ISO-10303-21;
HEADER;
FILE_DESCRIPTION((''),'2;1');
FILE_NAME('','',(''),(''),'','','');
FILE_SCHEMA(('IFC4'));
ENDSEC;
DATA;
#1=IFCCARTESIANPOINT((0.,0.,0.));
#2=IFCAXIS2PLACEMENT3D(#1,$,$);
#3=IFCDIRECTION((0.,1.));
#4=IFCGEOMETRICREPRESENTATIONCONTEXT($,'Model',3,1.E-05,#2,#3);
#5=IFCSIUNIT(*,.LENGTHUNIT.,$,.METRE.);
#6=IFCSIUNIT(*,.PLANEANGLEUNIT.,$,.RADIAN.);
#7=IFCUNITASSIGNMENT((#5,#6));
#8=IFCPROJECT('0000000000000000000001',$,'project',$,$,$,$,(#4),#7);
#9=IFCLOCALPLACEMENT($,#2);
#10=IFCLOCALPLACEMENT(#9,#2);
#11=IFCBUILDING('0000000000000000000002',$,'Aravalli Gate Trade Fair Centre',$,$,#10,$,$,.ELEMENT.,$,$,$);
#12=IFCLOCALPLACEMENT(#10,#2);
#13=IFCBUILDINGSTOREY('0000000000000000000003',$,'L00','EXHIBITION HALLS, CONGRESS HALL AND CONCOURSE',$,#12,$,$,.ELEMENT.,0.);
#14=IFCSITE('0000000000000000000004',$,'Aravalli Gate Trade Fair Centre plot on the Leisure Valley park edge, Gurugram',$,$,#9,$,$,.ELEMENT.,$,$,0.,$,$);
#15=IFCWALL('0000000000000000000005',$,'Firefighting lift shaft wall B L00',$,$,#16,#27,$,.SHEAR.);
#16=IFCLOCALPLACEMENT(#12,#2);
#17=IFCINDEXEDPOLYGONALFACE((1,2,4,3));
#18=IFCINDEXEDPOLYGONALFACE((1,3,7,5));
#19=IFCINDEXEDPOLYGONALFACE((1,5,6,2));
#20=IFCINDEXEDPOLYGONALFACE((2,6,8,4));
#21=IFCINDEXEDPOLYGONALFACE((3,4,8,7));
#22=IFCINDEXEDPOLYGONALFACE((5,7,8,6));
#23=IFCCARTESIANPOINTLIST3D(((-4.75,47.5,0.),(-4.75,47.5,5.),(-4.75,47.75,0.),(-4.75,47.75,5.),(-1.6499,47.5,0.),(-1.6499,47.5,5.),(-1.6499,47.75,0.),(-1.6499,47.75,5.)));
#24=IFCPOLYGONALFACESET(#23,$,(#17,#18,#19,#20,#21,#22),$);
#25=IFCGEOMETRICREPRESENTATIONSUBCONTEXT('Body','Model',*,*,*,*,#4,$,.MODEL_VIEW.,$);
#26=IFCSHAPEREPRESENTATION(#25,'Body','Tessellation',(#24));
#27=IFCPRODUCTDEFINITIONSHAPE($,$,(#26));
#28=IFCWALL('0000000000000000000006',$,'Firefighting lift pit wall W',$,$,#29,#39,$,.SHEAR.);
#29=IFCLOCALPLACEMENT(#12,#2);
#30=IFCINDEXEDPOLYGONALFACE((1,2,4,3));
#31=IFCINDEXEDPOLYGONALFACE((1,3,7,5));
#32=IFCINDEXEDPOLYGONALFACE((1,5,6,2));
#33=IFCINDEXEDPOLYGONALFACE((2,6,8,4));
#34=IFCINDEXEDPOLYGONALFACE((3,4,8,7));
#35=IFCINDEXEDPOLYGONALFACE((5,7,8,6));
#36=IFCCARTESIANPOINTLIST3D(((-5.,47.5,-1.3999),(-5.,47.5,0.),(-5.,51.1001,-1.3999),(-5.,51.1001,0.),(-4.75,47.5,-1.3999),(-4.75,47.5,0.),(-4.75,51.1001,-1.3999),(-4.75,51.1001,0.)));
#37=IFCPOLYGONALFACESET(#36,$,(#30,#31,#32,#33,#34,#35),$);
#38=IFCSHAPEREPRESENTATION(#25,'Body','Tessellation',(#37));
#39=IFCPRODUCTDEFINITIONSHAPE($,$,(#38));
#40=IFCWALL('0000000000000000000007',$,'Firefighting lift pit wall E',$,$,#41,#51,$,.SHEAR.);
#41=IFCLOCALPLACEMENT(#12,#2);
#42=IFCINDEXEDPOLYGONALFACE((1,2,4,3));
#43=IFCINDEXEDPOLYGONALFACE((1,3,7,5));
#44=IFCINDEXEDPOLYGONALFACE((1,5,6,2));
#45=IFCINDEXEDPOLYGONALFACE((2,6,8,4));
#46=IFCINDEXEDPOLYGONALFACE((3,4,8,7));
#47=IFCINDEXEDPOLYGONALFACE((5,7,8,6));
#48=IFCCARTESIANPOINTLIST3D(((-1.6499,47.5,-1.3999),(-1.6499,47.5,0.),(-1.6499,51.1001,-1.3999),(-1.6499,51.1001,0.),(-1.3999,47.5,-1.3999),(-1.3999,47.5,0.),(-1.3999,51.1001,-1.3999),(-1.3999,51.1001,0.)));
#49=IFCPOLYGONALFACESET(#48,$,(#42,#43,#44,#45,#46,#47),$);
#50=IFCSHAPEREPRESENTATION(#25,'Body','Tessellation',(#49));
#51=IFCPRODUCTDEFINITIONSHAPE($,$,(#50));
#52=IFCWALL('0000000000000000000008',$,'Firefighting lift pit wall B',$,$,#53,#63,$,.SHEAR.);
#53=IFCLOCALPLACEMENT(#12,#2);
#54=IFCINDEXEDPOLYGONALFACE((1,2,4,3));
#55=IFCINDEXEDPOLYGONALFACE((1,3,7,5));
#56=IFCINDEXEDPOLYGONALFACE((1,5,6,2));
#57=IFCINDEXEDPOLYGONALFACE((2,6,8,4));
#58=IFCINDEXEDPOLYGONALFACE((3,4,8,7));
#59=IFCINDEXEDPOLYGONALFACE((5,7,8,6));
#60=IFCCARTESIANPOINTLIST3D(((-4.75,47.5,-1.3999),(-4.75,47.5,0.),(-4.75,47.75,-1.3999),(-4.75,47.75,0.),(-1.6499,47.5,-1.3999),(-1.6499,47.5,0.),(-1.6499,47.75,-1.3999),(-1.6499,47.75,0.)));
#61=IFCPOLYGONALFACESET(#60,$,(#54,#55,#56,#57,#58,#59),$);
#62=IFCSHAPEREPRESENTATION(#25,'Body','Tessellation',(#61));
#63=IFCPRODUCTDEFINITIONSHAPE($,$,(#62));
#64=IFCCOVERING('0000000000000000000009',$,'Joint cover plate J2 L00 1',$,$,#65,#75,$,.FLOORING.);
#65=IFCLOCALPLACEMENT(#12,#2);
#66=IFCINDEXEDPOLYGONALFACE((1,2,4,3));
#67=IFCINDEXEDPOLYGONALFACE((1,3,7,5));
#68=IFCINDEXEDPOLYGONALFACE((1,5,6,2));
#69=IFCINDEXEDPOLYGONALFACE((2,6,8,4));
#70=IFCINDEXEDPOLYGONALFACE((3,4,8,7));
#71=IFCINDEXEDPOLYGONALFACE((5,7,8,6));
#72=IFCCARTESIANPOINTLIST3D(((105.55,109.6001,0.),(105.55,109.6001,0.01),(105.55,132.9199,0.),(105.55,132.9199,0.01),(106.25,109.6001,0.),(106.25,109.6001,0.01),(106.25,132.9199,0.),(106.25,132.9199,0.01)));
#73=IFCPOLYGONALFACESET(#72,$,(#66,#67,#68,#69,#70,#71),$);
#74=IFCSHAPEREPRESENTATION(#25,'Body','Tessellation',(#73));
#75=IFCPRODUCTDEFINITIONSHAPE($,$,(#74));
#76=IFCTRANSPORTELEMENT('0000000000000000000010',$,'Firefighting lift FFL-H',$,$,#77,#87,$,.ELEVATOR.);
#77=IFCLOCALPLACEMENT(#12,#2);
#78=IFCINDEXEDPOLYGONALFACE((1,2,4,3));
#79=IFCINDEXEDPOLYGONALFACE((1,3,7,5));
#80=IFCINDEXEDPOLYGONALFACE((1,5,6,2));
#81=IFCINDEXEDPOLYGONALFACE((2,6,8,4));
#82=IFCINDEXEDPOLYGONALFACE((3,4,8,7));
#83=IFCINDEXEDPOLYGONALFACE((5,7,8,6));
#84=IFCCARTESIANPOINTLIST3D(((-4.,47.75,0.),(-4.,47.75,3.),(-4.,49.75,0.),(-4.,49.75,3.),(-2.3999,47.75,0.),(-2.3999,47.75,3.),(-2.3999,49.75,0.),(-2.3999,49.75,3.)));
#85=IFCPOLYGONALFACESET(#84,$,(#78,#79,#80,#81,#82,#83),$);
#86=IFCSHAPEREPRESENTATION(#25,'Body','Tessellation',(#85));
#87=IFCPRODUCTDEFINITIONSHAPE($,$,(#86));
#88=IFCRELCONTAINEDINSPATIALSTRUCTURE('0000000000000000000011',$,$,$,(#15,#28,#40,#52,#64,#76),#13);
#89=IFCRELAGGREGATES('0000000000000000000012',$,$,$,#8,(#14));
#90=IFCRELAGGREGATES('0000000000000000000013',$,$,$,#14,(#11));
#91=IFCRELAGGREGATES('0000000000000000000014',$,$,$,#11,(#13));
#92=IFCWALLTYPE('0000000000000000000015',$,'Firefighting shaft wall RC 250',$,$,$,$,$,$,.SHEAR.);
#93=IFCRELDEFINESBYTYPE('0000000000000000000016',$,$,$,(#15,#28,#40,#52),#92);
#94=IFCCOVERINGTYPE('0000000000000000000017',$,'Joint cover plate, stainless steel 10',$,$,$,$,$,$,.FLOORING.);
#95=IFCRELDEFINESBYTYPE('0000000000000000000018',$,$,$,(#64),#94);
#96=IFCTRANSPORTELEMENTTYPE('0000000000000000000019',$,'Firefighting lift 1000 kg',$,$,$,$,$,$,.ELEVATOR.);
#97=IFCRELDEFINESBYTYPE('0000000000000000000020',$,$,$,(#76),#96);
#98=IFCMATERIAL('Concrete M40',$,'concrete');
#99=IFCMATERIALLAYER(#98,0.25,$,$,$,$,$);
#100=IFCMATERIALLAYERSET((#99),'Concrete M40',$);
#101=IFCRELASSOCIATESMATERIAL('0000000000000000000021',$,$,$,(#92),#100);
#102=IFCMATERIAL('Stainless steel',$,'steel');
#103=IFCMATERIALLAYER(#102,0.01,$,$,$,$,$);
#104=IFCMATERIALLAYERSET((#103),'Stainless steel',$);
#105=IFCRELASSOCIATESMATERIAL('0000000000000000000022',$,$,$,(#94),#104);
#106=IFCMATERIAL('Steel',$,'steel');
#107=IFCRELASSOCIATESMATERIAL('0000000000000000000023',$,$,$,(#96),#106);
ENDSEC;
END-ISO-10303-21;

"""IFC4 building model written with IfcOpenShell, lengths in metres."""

from ifc_helpers import new_model, si_unit, direction, frame, frame_2d, origin, origin_2d, place, context, subcontext, project, spatial, polyline, rectangle, outline, extrude, material, layer, layer_set, type_object, element, save


model = new_model("IFC4")

# Units and contexts
model_context = context("Model", 3, precision=1e-05, world=origin(), true_north=direction((0.0, 1.0)))
body_context = subcontext(model_context, "Body", "Model", "MODEL_VIEW")
ifc_project = project(units=[si_unit("LENGTHUNIT", "METRE"), si_unit("PLANEANGLEUNIT", "RADIAN")], contexts=[model_context])

# Site, building, storey
site_placement = place(None, origin())
site = spatial("IfcSite", under=ifc_project, at=site_placement, Name="Aravalli Gate Trade Fair Centre plot on the Leisure Valley park edge, Gurugram", CompositionType="ELEMENT", RefElevation=0.0)
building_placement = place(site_placement, origin())
building = spatial("IfcBuilding", under=site, at=building_placement, Name="Aravalli Gate Trade Fair Centre", CompositionType="ELEMENT")
storey_placement = place(building_placement, origin())
storey = spatial("IfcBuildingStorey", under=building, at=storey_placement, Name="L00", Description="EXHIBITION HALLS, CONGRESS HALL AND CONCOURSE", CompositionType="ELEMENT", Elevation=0.0)

# Walls
ifc_material_1 = material(Name="Concrete M40", Category="concrete")
ifc_layer_1 = layer(ifc_material_1, 0.25)
ifc_layer_set_1 = layer_set([ifc_layer_1], Name="Concrete M40")
wall_type_1 = type_object("IfcWallType", Name="Firefighting shaft wall RC 250", PredefinedType="SHEAR", material=ifc_layer_set_1)
wall_1_placement = place(storey_placement, frame((-4.75, 47.625, 0.0), z_axis=(0.0, 0.0, 1.0), x_axis=(1.0, 0.0, 0.0)))
element("IfcWall", 1, at=wall_1_placement, inside=storey, type_object=wall_type_1, Name="Firefighting lift shaft wall B L00", PredefinedType="SHEAR", context=body_context, shape_type="SweptSolid", body=[
    extrude(rectangle(XDim=3.1001, YDim=0.25, at=frame_2d((1.55, 0.0))), origin(), (0.0, 0.0, 1.0), 5.0),
])
for number, where, z_axis, x_axis, name in (
    (2, (-4.875, 47.5, -1.3999), (0.0, 0.0, 1.0), (0.0, 1.0, 0.0), "Firefighting lift pit wall W"),
    (3, (-1.5249, 47.5, -1.3999), (0.0, 0.0, 1.0), (0.0, 1.0, 0.0), "Firefighting lift pit wall E"),
):
    element("IfcWall", number, at=place(storey_placement, frame(where, z_axis=z_axis, x_axis=x_axis)), inside=storey, type_object=wall_type_1, Name=name, PredefinedType="SHEAR", context=body_context, shape_type="SweptSolid", body=[
        extrude(rectangle(XDim=3.6001, YDim=0.25, at=frame_2d((1.8, 0.0))), origin(), (0.0, 0.0, 1.0), 1.3999),
    ])
wall_2_placement = place(storey_placement, frame((-4.75, 47.625, -1.3999), z_axis=(0.0, 0.0, 1.0), x_axis=(1.0, 0.0, 0.0)))
element("IfcWall", 4, at=wall_2_placement, inside=storey, type_object=wall_type_1, Name="Firefighting lift pit wall B", PredefinedType="SHEAR", context=body_context, shape_type="SweptSolid", body=[
    extrude(rectangle(XDim=3.1001, YDim=0.25, at=frame_2d((1.55, 0.0))), origin(), (0.0, 0.0, 1.0), 1.3999),
])

# Covering
ifc_material_2 = material(Name="Stainless steel", Category="steel")
ifc_layer_2 = layer(ifc_material_2, 0.01)
ifc_layer_set_2 = layer_set([ifc_layer_2], Name="Stainless steel")
covering_type = type_object("IfcCoveringType", Name="Joint cover plate, stainless steel 10", PredefinedType="FLOORING", material=ifc_layer_set_2)
covering_placement = place(storey_placement, origin())
element("IfcCovering", 5, at=covering_placement, inside=storey, type_object=covering_type, Name="Joint cover plate J2 L00 1", PredefinedType="FLOORING", context=body_context, shape_type="SweptSolid", body=[
    extrude(outline(polyline([(105.55, 109.6001), (106.25, 109.6001), (106.25, 132.9199), (105.55, 132.9199), (105.55, 109.6001)])), origin(), (0.0, 0.0, 1.0), 0.01),
])

# Transport element
ifc_material_3 = material(Name="Steel", Category="steel")
transport_element_type = type_object("IfcTransportElementType", Name="Firefighting lift 1000 kg", PredefinedType="ELEVATOR", material=ifc_material_3)
transport_element_placement = place(storey_placement, frame((-3.2, 48.75, 0.0), z_axis=(0.0, 0.0, 1.0), x_axis=(1.0, 0.0, 0.0)))
element("IfcTransportElement", 6, at=transport_element_placement, inside=storey, type_object=transport_element_type, Name="Firefighting lift FFL-H", PredefinedType="ELEVATOR", context=body_context, shape_type="SweptSolid", body=[
    extrude(rectangle(XDim=1.6001, YDim=2.0, at=origin_2d()), origin(), (0.0, 0.0, 1.0), 3.0),
])

save(model, "model.ifc")
